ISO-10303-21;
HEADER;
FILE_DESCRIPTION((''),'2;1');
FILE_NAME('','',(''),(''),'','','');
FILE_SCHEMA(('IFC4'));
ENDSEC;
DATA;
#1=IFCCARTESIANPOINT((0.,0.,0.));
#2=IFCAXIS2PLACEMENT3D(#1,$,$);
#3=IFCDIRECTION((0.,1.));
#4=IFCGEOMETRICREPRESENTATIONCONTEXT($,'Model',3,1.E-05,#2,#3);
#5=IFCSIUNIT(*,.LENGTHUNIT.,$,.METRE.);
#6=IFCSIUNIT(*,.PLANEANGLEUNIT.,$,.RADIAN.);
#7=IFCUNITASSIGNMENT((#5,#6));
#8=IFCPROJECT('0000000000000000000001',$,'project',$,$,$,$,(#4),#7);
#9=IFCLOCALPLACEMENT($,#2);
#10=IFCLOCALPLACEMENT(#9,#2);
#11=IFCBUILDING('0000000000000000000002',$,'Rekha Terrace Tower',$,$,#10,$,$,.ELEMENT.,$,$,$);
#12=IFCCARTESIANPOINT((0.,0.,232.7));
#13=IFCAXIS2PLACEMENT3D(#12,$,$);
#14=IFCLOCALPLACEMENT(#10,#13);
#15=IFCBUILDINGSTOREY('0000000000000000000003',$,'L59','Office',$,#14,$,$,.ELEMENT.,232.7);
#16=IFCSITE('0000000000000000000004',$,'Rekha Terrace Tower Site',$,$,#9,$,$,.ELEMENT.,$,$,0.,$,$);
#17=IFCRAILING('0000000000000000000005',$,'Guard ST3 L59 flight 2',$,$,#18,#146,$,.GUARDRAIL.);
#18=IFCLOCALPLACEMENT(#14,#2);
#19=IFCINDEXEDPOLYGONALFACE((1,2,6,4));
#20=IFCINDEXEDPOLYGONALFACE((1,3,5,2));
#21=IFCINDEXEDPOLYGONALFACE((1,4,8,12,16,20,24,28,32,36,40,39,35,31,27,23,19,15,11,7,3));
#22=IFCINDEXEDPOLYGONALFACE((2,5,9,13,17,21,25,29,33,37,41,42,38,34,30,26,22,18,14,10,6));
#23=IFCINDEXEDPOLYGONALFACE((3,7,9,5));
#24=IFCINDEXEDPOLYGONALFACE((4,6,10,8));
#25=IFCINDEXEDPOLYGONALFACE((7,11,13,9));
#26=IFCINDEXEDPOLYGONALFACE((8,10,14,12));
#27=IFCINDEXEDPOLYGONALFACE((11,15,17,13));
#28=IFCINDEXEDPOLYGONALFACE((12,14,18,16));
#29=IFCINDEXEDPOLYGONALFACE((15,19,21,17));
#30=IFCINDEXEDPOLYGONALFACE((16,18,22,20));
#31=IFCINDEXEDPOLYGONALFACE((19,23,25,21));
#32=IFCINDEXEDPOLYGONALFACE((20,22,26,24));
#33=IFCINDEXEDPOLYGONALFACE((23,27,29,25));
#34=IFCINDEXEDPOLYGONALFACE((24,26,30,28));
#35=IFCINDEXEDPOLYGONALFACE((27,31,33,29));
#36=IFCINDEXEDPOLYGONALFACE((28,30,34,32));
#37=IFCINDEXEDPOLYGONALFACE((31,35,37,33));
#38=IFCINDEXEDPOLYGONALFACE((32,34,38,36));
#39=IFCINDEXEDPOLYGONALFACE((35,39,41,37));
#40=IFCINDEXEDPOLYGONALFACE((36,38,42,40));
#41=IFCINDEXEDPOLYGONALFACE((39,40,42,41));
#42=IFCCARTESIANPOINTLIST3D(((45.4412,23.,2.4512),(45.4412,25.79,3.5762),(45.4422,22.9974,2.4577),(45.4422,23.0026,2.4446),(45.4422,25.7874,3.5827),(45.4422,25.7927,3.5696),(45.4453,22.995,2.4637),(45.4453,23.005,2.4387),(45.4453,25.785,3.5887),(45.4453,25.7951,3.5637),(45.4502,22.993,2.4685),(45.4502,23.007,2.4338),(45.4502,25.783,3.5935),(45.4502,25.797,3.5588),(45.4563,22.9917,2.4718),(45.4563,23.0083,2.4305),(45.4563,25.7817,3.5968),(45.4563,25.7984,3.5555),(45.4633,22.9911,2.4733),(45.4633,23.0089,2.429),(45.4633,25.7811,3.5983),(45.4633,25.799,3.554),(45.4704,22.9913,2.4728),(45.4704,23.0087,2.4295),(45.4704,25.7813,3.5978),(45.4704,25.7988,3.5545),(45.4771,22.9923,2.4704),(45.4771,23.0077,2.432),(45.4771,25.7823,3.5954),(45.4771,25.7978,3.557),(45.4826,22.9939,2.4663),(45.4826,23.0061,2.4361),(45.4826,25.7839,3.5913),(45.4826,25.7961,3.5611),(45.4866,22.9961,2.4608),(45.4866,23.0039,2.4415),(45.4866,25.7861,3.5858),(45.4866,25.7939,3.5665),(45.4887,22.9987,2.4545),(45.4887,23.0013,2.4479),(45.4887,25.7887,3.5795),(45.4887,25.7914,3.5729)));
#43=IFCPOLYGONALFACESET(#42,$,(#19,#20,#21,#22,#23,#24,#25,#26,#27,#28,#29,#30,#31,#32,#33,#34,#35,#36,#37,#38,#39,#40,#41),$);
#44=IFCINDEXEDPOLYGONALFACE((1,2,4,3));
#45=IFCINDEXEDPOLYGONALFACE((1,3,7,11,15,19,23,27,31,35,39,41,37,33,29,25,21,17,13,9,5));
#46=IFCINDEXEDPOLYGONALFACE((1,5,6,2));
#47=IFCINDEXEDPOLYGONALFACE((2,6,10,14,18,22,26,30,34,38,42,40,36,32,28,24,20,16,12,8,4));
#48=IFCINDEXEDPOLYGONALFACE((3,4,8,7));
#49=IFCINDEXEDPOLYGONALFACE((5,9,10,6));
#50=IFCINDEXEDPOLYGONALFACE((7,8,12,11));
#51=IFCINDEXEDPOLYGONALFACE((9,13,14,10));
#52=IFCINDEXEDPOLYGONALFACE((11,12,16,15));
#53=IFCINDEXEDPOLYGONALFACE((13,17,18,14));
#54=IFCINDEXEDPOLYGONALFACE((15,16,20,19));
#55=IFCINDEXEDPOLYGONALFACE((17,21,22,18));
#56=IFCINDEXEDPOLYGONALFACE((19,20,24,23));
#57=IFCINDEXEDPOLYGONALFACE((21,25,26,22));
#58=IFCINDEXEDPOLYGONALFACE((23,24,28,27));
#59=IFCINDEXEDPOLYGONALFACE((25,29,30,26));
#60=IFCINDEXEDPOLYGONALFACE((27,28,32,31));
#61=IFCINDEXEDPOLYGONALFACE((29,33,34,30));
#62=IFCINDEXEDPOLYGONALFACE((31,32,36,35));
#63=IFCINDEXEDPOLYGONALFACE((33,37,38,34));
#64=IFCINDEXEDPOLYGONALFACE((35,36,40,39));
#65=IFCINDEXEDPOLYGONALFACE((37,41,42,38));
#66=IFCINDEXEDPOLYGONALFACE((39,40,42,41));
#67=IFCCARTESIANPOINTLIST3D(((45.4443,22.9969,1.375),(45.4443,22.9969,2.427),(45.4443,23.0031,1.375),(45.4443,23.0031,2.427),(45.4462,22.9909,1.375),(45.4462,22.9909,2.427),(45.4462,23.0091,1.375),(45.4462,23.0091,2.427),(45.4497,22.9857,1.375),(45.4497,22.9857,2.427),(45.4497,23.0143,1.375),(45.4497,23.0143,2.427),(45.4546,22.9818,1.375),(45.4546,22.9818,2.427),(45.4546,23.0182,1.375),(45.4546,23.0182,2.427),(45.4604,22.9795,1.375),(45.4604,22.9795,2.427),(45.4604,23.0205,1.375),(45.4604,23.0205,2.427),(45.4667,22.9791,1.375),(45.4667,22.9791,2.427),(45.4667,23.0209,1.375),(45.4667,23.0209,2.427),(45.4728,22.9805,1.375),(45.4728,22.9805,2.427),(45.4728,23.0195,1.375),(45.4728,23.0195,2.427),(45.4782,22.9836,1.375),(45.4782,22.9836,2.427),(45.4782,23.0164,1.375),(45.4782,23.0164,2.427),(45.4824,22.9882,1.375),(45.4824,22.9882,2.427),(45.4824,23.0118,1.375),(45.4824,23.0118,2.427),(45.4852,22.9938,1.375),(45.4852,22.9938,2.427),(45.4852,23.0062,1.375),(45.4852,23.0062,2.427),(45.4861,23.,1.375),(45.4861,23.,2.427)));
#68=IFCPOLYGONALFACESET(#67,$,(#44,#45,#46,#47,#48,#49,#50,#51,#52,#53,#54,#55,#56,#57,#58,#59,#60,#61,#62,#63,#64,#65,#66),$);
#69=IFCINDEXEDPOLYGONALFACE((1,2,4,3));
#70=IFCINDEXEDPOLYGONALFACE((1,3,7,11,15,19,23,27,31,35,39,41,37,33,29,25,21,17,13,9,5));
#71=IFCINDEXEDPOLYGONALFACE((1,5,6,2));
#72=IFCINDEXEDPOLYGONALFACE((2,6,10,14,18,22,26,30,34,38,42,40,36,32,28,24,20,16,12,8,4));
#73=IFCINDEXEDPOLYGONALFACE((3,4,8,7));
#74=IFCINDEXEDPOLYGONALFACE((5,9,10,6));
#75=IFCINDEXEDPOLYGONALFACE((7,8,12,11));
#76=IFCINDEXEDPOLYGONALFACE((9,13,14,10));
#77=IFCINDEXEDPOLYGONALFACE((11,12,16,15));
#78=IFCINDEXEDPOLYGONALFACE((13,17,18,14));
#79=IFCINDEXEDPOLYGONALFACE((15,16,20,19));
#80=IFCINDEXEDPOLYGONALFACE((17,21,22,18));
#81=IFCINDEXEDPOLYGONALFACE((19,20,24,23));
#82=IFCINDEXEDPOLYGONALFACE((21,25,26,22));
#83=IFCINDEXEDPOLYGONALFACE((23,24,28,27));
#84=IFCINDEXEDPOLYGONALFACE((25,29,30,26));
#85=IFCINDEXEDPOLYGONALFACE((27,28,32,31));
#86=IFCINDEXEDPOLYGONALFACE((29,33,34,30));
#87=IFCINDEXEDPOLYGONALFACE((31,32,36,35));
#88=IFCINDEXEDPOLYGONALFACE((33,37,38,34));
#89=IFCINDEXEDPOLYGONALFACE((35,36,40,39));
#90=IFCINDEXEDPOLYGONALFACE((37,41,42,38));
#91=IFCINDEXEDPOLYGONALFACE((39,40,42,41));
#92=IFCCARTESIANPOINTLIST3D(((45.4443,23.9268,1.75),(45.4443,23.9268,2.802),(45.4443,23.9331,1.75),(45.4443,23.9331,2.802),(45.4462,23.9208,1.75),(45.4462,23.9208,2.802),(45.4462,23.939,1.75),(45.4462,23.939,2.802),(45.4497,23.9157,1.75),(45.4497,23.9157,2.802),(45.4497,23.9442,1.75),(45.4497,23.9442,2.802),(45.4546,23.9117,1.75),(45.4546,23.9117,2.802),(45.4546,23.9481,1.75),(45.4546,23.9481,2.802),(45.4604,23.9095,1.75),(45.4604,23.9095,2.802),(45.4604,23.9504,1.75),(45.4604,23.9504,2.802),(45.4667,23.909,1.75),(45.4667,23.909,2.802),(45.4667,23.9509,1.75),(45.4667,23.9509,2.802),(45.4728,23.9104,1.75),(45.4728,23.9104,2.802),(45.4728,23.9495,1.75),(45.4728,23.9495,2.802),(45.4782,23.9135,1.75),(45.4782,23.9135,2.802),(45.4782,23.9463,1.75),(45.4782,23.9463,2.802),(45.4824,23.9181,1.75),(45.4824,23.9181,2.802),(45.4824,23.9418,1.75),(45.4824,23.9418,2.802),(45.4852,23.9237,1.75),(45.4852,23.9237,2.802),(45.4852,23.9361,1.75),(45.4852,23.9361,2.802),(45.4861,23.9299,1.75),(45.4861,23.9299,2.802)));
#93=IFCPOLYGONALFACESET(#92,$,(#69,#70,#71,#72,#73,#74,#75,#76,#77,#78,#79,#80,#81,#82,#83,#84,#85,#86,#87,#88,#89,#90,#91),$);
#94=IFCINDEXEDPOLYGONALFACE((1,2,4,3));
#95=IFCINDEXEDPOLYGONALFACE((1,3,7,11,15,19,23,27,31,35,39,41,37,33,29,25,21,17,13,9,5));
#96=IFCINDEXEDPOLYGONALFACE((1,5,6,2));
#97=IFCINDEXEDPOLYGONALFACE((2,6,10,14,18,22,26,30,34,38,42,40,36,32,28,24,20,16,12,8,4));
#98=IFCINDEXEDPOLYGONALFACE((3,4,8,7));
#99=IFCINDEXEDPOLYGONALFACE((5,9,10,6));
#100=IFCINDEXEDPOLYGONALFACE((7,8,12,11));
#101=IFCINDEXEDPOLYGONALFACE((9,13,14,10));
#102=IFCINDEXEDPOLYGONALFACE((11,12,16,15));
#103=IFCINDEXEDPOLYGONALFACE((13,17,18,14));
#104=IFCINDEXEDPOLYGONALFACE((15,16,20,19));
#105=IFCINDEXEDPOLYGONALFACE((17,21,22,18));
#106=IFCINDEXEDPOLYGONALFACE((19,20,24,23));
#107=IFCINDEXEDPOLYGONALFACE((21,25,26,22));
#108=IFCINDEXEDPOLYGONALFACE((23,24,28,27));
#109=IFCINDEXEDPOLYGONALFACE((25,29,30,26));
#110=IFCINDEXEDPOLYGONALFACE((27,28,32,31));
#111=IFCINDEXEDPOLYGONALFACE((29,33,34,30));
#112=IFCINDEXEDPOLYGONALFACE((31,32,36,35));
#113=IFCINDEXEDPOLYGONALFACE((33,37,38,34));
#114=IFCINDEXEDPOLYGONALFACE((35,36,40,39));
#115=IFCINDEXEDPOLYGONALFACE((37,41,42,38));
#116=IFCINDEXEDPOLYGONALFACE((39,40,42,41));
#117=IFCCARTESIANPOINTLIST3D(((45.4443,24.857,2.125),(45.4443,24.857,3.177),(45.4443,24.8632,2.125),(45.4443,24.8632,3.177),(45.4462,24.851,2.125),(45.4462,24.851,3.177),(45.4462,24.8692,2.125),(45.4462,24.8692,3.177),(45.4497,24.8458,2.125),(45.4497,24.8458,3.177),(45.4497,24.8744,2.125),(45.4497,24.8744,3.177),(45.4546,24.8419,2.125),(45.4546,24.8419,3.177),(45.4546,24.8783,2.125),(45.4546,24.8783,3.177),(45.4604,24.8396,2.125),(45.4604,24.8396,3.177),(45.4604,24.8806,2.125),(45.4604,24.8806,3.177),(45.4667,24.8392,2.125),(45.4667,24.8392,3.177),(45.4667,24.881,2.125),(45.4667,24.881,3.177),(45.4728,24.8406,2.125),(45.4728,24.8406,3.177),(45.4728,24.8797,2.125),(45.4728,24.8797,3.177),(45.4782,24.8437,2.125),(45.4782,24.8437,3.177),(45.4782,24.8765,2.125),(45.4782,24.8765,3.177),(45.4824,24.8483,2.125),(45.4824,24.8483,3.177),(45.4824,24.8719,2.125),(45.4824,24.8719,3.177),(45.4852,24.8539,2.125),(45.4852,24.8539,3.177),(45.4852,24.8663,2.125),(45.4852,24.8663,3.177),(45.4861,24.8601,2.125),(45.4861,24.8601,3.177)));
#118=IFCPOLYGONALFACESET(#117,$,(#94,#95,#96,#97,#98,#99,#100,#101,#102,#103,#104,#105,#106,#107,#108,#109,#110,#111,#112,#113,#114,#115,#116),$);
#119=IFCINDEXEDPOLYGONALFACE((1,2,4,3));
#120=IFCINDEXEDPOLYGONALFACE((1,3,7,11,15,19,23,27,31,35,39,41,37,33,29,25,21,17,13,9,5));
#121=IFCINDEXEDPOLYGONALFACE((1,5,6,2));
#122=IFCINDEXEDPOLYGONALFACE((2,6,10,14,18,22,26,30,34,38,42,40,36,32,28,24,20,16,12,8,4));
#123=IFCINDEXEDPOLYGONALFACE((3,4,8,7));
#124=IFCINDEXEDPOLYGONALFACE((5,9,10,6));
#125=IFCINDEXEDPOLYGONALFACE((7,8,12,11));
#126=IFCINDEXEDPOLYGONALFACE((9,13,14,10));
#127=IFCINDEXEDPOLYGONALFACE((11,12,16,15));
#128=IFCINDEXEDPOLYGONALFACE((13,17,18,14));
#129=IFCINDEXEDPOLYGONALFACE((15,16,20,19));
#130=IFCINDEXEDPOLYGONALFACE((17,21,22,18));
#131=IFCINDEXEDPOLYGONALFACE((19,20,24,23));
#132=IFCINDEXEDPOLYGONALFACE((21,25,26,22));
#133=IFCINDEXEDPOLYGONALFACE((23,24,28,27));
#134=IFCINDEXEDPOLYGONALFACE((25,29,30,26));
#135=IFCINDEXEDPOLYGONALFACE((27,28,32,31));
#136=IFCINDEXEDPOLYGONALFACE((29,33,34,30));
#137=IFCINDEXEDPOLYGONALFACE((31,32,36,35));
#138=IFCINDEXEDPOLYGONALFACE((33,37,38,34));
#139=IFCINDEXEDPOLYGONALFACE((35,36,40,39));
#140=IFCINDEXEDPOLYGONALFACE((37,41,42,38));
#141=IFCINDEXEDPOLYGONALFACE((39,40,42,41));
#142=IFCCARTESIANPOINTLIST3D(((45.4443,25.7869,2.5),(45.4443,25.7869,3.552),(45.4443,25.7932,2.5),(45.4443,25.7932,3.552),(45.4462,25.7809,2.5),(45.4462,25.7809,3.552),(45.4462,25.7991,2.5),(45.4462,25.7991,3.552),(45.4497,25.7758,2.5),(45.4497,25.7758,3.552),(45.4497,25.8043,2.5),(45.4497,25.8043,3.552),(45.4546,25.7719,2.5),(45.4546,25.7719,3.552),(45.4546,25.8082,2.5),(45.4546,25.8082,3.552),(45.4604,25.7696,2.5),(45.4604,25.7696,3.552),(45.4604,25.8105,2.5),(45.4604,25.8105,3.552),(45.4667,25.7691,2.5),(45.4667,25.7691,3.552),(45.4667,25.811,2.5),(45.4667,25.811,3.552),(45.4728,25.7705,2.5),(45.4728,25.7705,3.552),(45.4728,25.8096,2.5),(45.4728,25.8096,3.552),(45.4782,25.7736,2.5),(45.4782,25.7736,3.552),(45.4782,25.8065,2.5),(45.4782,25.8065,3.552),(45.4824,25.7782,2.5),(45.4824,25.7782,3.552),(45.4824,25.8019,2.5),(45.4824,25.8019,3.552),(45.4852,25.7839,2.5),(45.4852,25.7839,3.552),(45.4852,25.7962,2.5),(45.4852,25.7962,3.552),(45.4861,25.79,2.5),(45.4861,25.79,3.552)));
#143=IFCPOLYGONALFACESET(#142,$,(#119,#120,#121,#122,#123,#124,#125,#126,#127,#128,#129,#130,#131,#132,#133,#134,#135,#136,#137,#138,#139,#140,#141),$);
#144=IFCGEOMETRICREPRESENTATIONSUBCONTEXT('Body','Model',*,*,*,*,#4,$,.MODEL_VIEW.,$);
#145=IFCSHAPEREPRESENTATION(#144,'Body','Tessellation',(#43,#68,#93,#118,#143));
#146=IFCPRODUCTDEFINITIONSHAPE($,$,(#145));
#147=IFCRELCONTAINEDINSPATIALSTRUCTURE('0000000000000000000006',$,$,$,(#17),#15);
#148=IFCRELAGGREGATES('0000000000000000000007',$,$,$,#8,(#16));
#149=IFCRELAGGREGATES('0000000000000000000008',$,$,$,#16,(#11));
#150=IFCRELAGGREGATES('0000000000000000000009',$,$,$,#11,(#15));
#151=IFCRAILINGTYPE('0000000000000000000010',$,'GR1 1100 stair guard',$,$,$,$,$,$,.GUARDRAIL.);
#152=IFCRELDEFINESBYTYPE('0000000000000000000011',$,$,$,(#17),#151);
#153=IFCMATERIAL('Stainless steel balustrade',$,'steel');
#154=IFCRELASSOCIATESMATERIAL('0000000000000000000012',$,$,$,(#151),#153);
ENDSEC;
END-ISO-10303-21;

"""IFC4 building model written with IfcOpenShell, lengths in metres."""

from ifc_helpers import new_model, si_unit, direction, frame, origin, origin_2d, place, context, subcontext, project, spatial, circle, extrude, material, type_object, element, save


model = new_model("IFC4")

# Units and contexts
model_context = context("Model", 3, precision=1e-05, world=origin(), true_north=direction((0.0, 1.0)))
body_context = subcontext(model_context, "Body", "Model", "MODEL_VIEW")
ifc_project = project(units=[si_unit("LENGTHUNIT", "METRE"), si_unit("PLANEANGLEUNIT", "RADIAN")], contexts=[model_context])

# Site, building, storey
site_placement = place(None, origin())
site = spatial("IfcSite", under=ifc_project, at=site_placement, Name="Rekha Terrace Tower Site", CompositionType="ELEMENT", RefElevation=0.0)
building_placement = place(site_placement, origin())
building = spatial("IfcBuilding", under=site, at=building_placement, Name="Rekha Terrace Tower", CompositionType="ELEMENT")
storey_placement = place(building_placement, frame((0.0, 0.0, 232.7)))
storey = spatial("IfcBuildingStorey", under=building, at=storey_placement, Name="L59", Description="Office", CompositionType="ELEMENT", Elevation=232.7)

# Railing
ifc_material_1 = material(Name="Stainless steel balustrade", Category="steel")
railing_type_1 = type_object("IfcRailingType", Name="GR1 1100 stair guard", PredefinedType="GUARDRAIL", material=ifc_material_1)
railing_1_placement = place(storey_placement, frame((45.4651, 23.0, 1.375)))
element("IfcRailing", 1, at=railing_1_placement, inside=storey, type_object=railing_type_1, Name="Guard ST3 L59 flight 2", PredefinedType="GUARDRAIL", context=body_context, shape_type="SweptSolid", body=[
    extrude(circle(Radius=0.0239, at=origin_2d()), frame((0.0, 0.0, 1.0762), z_axis=(0.0, 0.927443, 0.373964), x_axis=(-1.0, 0.0, 0.0)), (0.0, 0.0, 1.0), 3.0083),
    extrude(circle(Radius=0.021, at=origin_2d()), origin(), (0.0, 0.0, 1.0), 1.052),
    extrude(circle(Radius=0.021, at=origin_2d()), frame((0.0, 0.9299, 0.375)), (0.0, 0.0, 1.0), 1.052),
    extrude(circle(Radius=0.021, at=origin_2d()), frame((0.0, 1.8601, 0.75)), (0.0, 0.0, 1.0), 1.052),
    extrude(circle(Radius=0.021, at=origin_2d()), frame((0.0, 2.79, 1.125)), (0.0, 0.0, 1.0), 1.052),
])

save(model, "model.ifc")
